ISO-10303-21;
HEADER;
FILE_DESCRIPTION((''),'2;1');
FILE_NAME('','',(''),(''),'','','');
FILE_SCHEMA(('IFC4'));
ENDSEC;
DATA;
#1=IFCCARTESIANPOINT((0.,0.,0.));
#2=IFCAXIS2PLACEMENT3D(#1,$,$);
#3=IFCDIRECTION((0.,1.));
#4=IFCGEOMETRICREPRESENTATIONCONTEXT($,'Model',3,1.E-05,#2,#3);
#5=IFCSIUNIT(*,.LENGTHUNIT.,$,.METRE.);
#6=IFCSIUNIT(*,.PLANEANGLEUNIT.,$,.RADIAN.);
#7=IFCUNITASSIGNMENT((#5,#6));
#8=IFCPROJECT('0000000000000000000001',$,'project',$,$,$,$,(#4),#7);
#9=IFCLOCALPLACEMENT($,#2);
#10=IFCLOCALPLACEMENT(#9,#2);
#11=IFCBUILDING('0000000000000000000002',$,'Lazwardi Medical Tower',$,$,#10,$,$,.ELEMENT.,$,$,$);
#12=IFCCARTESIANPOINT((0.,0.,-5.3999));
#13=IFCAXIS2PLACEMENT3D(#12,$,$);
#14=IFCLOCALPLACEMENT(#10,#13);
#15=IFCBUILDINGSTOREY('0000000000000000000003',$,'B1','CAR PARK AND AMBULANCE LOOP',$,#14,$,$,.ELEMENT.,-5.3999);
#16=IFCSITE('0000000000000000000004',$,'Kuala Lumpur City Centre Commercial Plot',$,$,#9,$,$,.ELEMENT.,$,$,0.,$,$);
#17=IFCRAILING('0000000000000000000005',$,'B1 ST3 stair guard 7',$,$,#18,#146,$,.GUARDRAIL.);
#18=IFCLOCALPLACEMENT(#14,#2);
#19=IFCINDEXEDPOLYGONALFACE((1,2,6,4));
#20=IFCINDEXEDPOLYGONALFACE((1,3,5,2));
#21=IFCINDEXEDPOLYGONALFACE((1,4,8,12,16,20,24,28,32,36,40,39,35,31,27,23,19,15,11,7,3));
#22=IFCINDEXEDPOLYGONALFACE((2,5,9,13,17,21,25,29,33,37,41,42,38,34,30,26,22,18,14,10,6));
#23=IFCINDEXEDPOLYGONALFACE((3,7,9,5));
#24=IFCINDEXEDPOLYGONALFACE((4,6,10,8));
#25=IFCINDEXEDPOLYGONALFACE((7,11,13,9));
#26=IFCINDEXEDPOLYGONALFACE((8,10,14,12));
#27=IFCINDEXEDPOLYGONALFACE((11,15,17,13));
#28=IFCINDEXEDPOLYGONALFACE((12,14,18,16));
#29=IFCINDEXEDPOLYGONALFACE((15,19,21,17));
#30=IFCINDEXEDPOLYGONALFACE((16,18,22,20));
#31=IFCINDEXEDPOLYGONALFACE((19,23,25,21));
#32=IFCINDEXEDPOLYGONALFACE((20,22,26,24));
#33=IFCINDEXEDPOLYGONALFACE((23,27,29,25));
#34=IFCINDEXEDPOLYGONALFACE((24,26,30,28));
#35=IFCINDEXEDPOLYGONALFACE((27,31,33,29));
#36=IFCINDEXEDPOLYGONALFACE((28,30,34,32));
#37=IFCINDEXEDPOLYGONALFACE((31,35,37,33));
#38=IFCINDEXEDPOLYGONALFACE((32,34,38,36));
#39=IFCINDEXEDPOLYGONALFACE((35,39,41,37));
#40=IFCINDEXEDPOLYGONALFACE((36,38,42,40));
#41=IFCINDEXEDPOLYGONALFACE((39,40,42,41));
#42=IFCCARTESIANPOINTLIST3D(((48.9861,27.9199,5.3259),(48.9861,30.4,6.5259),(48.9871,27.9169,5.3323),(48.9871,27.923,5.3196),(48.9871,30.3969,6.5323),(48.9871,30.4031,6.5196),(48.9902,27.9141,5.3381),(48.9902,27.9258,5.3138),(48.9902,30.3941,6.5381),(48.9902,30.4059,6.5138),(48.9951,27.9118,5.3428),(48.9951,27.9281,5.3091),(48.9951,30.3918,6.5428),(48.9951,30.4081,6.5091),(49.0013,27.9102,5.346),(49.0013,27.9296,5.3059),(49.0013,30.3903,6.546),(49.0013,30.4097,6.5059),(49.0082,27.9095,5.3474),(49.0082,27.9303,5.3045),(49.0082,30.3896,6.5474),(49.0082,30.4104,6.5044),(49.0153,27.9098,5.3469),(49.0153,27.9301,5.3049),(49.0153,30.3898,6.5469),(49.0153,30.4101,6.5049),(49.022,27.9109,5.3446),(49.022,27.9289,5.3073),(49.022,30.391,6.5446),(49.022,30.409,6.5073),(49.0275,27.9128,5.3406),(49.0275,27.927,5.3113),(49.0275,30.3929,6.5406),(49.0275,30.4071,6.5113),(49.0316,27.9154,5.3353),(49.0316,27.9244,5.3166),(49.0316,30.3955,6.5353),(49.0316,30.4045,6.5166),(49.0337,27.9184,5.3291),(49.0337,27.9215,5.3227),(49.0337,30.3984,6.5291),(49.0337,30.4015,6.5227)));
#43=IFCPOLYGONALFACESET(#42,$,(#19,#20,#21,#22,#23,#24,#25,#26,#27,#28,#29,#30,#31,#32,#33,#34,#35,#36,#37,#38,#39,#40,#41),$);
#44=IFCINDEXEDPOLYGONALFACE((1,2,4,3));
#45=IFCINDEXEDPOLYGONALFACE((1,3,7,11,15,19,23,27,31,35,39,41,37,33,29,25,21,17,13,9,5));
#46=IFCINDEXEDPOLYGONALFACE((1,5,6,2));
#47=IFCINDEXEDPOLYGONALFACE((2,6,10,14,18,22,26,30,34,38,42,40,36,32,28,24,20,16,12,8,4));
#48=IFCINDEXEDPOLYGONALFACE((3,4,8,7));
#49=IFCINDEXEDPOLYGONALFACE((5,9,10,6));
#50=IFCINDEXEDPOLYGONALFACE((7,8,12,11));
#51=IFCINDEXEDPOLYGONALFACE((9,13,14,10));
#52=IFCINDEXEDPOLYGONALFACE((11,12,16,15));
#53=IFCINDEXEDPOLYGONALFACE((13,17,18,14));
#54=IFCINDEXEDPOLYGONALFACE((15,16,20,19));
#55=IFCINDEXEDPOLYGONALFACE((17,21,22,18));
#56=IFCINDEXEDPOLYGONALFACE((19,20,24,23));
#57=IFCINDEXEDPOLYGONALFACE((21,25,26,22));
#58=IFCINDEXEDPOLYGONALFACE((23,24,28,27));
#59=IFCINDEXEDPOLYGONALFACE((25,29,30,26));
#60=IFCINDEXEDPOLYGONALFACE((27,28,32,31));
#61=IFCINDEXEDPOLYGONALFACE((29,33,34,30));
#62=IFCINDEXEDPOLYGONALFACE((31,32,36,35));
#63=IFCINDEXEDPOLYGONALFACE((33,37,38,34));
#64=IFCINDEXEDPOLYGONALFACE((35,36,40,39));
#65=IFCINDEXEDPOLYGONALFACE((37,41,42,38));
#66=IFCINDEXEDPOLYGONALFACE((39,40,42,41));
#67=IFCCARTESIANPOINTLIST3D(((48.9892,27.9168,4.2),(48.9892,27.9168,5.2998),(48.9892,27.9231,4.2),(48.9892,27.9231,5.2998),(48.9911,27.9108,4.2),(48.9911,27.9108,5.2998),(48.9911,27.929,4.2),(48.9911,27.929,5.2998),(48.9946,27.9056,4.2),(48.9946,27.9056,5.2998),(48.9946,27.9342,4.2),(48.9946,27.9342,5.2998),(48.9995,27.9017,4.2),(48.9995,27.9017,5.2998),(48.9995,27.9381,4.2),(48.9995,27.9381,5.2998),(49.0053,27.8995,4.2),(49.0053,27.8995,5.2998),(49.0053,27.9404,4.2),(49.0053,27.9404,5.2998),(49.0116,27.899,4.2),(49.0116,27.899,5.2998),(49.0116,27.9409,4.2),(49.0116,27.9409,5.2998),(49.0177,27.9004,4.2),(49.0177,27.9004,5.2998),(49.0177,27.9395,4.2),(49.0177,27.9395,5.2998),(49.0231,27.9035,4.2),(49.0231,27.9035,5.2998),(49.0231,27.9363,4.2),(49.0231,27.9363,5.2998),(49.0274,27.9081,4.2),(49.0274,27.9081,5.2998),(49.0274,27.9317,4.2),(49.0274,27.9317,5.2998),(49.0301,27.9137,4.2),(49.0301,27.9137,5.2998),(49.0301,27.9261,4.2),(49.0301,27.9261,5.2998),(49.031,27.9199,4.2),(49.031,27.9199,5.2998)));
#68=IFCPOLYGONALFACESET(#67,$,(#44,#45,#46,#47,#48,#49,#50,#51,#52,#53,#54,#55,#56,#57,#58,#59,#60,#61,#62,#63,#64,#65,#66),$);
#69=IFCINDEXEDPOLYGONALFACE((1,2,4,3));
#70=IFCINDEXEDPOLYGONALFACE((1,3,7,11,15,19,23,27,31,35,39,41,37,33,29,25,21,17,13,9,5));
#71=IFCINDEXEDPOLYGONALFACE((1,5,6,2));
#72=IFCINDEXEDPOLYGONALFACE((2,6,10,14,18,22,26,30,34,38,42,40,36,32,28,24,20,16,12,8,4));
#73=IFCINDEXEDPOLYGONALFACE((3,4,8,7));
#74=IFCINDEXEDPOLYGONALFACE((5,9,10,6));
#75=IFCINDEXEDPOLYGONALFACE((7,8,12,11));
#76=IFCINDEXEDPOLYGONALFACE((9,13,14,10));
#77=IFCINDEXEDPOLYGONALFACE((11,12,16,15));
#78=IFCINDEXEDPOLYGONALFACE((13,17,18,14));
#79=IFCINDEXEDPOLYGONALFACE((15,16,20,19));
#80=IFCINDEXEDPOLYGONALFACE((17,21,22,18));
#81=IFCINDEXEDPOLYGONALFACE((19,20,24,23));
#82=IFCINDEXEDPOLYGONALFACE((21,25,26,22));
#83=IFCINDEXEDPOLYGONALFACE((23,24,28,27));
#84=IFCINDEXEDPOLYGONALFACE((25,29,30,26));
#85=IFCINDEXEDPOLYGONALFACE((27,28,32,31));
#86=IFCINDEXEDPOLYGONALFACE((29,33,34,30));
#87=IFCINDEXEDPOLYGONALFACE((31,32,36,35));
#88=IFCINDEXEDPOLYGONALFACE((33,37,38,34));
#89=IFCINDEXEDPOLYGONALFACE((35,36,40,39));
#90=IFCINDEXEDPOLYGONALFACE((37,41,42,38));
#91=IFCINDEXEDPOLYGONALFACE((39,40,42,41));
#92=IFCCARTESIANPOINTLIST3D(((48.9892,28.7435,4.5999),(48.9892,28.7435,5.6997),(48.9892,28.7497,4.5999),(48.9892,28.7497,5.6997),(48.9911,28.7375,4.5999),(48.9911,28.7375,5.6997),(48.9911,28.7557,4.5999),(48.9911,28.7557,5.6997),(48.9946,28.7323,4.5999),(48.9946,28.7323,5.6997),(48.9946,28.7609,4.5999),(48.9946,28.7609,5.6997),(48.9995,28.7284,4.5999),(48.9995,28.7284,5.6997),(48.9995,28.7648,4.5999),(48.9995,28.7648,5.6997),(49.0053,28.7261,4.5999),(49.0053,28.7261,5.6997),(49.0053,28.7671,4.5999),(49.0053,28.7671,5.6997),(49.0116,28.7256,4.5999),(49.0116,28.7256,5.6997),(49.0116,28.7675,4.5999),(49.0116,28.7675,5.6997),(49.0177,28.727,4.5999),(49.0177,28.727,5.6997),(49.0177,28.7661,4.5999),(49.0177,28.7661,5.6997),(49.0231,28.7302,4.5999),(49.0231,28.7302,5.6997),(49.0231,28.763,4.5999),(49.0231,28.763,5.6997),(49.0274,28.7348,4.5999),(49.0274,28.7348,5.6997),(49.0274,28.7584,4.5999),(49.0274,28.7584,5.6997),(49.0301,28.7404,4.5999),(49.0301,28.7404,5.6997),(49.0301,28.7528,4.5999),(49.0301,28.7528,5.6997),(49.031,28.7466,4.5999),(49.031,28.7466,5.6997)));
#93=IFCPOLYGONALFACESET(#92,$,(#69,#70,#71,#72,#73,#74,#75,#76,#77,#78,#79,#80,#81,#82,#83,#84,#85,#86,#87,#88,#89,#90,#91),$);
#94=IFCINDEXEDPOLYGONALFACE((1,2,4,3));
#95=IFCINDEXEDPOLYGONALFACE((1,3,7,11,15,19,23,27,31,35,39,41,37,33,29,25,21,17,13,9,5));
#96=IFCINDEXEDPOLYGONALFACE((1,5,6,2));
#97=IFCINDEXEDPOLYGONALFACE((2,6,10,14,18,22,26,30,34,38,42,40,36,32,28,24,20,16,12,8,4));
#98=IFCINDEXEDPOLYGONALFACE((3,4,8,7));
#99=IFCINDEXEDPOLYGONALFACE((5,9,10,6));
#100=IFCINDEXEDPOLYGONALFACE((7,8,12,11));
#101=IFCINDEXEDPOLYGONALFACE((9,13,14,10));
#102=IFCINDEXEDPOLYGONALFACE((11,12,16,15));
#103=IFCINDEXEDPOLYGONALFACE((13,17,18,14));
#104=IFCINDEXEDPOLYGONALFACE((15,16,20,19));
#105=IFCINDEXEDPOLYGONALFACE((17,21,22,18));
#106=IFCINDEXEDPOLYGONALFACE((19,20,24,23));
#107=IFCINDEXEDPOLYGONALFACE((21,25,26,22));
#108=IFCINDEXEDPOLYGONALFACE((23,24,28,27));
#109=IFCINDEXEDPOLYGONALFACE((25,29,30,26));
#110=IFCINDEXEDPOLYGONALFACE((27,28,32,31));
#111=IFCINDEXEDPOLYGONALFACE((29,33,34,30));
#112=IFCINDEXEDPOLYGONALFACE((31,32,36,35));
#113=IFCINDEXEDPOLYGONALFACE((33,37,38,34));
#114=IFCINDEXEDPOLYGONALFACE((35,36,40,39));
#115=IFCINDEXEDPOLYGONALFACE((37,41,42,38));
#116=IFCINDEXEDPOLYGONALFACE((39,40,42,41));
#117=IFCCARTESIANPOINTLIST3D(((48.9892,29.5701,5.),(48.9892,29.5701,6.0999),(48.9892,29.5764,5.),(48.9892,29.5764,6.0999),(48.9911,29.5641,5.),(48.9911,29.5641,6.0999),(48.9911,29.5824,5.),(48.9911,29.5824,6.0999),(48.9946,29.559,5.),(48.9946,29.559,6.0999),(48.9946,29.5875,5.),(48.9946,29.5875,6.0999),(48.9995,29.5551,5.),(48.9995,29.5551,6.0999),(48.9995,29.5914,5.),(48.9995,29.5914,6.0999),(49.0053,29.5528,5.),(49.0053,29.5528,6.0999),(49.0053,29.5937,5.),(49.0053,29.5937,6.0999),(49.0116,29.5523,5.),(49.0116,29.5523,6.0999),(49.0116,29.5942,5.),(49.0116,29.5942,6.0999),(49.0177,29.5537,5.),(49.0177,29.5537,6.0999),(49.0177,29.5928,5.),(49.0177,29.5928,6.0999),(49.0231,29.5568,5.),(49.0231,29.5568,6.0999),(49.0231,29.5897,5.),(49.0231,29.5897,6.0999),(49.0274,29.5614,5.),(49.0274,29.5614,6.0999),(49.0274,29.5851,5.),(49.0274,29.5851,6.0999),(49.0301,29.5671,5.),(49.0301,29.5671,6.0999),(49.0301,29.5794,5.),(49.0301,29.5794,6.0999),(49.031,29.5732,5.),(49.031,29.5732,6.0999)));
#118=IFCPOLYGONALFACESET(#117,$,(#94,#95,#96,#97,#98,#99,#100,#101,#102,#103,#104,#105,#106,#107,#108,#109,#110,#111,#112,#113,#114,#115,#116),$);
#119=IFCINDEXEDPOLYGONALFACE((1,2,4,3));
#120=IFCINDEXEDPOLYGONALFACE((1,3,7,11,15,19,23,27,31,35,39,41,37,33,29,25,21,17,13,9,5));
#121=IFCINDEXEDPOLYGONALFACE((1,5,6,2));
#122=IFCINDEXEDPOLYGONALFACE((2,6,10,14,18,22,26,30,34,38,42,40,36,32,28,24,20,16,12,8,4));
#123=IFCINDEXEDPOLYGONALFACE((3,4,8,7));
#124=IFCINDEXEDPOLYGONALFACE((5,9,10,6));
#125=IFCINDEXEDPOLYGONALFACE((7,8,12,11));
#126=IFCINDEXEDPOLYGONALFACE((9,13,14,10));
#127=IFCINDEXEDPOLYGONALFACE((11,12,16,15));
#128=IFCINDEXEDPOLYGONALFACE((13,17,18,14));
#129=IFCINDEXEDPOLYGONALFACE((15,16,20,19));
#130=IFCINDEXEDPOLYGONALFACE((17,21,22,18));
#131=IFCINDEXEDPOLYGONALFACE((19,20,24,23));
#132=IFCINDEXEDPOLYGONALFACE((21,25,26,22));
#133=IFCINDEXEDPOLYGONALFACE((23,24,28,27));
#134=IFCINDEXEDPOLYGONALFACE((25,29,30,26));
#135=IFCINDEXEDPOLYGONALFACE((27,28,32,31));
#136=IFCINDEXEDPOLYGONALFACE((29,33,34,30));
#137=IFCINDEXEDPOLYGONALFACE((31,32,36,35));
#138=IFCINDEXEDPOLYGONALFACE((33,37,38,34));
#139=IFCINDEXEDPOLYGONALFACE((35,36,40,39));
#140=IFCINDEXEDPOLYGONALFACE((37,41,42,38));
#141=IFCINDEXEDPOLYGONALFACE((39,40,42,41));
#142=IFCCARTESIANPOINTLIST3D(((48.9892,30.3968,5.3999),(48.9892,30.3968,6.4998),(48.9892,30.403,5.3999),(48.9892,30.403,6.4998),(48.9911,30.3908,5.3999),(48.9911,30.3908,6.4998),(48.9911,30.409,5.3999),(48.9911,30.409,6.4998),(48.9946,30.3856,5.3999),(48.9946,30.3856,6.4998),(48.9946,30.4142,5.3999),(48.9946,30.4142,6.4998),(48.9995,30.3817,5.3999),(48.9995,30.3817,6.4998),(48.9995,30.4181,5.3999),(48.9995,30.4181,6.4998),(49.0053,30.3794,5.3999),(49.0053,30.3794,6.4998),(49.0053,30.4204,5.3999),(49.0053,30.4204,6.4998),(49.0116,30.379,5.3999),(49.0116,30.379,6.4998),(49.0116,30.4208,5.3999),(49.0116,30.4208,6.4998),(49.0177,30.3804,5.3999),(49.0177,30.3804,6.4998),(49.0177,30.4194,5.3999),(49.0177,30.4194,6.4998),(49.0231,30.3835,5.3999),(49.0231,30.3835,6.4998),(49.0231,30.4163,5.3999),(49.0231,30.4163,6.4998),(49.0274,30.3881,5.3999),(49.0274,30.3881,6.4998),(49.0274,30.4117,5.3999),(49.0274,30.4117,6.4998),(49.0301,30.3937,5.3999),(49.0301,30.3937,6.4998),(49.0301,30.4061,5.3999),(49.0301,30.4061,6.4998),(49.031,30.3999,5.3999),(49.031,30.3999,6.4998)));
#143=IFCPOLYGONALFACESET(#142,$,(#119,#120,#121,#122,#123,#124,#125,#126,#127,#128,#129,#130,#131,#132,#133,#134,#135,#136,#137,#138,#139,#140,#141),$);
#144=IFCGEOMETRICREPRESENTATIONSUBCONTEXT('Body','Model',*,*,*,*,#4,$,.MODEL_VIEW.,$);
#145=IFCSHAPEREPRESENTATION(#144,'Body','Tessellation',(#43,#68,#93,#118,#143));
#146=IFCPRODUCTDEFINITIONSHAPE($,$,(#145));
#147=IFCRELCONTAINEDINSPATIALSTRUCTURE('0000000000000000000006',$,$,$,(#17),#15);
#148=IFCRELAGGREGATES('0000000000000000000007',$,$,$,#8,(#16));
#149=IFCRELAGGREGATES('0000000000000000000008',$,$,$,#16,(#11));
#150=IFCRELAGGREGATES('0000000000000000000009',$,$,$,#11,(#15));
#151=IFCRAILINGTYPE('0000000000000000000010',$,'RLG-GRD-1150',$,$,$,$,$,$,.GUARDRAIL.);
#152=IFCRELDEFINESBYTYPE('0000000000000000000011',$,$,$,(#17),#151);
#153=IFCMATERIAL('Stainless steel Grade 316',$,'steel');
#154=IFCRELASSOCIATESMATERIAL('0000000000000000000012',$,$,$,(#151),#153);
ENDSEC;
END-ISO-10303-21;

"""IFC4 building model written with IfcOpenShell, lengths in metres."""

from ifc_helpers import new_model, si_unit, direction, frame, origin, origin_2d, place, context, subcontext, project, spatial, circle, extrude, material, type_object, element, save


model = new_model("IFC4")

# Units and contexts
model_context = context("Model", 3, precision=1e-05, world=origin(), true_north=direction((0.0, 1.0)))
body_context = subcontext(model_context, "Body", "Model", "MODEL_VIEW")
ifc_project = project(units=[si_unit("LENGTHUNIT", "METRE"), si_unit("PLANEANGLEUNIT", "RADIAN")], contexts=[model_context])

# Site, building, storey
site_placement = place(None, origin())
site = spatial("IfcSite", under=ifc_project, at=site_placement, Name="Kuala Lumpur City Centre Commercial Plot", CompositionType="ELEMENT", RefElevation=0.0)
building_placement = place(site_placement, origin())
building = spatial("IfcBuilding", under=site, at=building_placement, Name="Lazwardi Medical Tower", CompositionType="ELEMENT")
storey_placement = place(building_placement, frame((0.0, 0.0, -5.3999)))
storey = spatial("IfcBuildingStorey", under=building, at=storey_placement, Name="B1", Description="CAR PARK AND AMBULANCE LOOP", CompositionType="ELEMENT", Elevation=-5.3999)

# Railing
ifc_material_1 = material(Name="Stainless steel Grade 316", Category="steel")
railing_type_1 = type_object("IfcRailingType", Name="RLG-GRD-1150", PredefinedType="GUARDRAIL", material=ifc_material_1)
railing_1_placement = place(storey_placement, frame((49.01, 27.9199, 4.2)))
element("IfcRailing", 1, at=railing_1_placement, inside=storey, type_object=railing_type_1, Name="B1 ST3 stair guard 7", PredefinedType="GUARDRAIL", context=body_context, shape_type="SweptSolid", body=[
    extrude(circle(Radius=0.0239, at=origin_2d()), frame((0.0, 0.0, 1.126), z_axis=(0.0, 0.900165, 0.435549), x_axis=(-1.0, 0.0, 0.0)), (0.0, 0.0, 1.0), 2.7551),
    extrude(circle(Radius=0.021, at=origin_2d()), origin(), (0.0, 0.0, 1.0), 1.0999),
    extrude(circle(Radius=0.021, at=origin_2d()), frame((0.0, 0.8267, 0.3999)), (0.0, 0.0, 1.0), 1.0999),
    extrude(circle(Radius=0.021, at=origin_2d()), frame((0.0, 1.6533, 0.8)), (0.0, 0.0, 1.0), 1.0999),
    extrude(circle(Radius=0.021, at=origin_2d()), frame((0.0, 2.48, 1.2)), (0.0, 0.0, 1.0), 1.0999),
])

save(model, "model.ifc")
